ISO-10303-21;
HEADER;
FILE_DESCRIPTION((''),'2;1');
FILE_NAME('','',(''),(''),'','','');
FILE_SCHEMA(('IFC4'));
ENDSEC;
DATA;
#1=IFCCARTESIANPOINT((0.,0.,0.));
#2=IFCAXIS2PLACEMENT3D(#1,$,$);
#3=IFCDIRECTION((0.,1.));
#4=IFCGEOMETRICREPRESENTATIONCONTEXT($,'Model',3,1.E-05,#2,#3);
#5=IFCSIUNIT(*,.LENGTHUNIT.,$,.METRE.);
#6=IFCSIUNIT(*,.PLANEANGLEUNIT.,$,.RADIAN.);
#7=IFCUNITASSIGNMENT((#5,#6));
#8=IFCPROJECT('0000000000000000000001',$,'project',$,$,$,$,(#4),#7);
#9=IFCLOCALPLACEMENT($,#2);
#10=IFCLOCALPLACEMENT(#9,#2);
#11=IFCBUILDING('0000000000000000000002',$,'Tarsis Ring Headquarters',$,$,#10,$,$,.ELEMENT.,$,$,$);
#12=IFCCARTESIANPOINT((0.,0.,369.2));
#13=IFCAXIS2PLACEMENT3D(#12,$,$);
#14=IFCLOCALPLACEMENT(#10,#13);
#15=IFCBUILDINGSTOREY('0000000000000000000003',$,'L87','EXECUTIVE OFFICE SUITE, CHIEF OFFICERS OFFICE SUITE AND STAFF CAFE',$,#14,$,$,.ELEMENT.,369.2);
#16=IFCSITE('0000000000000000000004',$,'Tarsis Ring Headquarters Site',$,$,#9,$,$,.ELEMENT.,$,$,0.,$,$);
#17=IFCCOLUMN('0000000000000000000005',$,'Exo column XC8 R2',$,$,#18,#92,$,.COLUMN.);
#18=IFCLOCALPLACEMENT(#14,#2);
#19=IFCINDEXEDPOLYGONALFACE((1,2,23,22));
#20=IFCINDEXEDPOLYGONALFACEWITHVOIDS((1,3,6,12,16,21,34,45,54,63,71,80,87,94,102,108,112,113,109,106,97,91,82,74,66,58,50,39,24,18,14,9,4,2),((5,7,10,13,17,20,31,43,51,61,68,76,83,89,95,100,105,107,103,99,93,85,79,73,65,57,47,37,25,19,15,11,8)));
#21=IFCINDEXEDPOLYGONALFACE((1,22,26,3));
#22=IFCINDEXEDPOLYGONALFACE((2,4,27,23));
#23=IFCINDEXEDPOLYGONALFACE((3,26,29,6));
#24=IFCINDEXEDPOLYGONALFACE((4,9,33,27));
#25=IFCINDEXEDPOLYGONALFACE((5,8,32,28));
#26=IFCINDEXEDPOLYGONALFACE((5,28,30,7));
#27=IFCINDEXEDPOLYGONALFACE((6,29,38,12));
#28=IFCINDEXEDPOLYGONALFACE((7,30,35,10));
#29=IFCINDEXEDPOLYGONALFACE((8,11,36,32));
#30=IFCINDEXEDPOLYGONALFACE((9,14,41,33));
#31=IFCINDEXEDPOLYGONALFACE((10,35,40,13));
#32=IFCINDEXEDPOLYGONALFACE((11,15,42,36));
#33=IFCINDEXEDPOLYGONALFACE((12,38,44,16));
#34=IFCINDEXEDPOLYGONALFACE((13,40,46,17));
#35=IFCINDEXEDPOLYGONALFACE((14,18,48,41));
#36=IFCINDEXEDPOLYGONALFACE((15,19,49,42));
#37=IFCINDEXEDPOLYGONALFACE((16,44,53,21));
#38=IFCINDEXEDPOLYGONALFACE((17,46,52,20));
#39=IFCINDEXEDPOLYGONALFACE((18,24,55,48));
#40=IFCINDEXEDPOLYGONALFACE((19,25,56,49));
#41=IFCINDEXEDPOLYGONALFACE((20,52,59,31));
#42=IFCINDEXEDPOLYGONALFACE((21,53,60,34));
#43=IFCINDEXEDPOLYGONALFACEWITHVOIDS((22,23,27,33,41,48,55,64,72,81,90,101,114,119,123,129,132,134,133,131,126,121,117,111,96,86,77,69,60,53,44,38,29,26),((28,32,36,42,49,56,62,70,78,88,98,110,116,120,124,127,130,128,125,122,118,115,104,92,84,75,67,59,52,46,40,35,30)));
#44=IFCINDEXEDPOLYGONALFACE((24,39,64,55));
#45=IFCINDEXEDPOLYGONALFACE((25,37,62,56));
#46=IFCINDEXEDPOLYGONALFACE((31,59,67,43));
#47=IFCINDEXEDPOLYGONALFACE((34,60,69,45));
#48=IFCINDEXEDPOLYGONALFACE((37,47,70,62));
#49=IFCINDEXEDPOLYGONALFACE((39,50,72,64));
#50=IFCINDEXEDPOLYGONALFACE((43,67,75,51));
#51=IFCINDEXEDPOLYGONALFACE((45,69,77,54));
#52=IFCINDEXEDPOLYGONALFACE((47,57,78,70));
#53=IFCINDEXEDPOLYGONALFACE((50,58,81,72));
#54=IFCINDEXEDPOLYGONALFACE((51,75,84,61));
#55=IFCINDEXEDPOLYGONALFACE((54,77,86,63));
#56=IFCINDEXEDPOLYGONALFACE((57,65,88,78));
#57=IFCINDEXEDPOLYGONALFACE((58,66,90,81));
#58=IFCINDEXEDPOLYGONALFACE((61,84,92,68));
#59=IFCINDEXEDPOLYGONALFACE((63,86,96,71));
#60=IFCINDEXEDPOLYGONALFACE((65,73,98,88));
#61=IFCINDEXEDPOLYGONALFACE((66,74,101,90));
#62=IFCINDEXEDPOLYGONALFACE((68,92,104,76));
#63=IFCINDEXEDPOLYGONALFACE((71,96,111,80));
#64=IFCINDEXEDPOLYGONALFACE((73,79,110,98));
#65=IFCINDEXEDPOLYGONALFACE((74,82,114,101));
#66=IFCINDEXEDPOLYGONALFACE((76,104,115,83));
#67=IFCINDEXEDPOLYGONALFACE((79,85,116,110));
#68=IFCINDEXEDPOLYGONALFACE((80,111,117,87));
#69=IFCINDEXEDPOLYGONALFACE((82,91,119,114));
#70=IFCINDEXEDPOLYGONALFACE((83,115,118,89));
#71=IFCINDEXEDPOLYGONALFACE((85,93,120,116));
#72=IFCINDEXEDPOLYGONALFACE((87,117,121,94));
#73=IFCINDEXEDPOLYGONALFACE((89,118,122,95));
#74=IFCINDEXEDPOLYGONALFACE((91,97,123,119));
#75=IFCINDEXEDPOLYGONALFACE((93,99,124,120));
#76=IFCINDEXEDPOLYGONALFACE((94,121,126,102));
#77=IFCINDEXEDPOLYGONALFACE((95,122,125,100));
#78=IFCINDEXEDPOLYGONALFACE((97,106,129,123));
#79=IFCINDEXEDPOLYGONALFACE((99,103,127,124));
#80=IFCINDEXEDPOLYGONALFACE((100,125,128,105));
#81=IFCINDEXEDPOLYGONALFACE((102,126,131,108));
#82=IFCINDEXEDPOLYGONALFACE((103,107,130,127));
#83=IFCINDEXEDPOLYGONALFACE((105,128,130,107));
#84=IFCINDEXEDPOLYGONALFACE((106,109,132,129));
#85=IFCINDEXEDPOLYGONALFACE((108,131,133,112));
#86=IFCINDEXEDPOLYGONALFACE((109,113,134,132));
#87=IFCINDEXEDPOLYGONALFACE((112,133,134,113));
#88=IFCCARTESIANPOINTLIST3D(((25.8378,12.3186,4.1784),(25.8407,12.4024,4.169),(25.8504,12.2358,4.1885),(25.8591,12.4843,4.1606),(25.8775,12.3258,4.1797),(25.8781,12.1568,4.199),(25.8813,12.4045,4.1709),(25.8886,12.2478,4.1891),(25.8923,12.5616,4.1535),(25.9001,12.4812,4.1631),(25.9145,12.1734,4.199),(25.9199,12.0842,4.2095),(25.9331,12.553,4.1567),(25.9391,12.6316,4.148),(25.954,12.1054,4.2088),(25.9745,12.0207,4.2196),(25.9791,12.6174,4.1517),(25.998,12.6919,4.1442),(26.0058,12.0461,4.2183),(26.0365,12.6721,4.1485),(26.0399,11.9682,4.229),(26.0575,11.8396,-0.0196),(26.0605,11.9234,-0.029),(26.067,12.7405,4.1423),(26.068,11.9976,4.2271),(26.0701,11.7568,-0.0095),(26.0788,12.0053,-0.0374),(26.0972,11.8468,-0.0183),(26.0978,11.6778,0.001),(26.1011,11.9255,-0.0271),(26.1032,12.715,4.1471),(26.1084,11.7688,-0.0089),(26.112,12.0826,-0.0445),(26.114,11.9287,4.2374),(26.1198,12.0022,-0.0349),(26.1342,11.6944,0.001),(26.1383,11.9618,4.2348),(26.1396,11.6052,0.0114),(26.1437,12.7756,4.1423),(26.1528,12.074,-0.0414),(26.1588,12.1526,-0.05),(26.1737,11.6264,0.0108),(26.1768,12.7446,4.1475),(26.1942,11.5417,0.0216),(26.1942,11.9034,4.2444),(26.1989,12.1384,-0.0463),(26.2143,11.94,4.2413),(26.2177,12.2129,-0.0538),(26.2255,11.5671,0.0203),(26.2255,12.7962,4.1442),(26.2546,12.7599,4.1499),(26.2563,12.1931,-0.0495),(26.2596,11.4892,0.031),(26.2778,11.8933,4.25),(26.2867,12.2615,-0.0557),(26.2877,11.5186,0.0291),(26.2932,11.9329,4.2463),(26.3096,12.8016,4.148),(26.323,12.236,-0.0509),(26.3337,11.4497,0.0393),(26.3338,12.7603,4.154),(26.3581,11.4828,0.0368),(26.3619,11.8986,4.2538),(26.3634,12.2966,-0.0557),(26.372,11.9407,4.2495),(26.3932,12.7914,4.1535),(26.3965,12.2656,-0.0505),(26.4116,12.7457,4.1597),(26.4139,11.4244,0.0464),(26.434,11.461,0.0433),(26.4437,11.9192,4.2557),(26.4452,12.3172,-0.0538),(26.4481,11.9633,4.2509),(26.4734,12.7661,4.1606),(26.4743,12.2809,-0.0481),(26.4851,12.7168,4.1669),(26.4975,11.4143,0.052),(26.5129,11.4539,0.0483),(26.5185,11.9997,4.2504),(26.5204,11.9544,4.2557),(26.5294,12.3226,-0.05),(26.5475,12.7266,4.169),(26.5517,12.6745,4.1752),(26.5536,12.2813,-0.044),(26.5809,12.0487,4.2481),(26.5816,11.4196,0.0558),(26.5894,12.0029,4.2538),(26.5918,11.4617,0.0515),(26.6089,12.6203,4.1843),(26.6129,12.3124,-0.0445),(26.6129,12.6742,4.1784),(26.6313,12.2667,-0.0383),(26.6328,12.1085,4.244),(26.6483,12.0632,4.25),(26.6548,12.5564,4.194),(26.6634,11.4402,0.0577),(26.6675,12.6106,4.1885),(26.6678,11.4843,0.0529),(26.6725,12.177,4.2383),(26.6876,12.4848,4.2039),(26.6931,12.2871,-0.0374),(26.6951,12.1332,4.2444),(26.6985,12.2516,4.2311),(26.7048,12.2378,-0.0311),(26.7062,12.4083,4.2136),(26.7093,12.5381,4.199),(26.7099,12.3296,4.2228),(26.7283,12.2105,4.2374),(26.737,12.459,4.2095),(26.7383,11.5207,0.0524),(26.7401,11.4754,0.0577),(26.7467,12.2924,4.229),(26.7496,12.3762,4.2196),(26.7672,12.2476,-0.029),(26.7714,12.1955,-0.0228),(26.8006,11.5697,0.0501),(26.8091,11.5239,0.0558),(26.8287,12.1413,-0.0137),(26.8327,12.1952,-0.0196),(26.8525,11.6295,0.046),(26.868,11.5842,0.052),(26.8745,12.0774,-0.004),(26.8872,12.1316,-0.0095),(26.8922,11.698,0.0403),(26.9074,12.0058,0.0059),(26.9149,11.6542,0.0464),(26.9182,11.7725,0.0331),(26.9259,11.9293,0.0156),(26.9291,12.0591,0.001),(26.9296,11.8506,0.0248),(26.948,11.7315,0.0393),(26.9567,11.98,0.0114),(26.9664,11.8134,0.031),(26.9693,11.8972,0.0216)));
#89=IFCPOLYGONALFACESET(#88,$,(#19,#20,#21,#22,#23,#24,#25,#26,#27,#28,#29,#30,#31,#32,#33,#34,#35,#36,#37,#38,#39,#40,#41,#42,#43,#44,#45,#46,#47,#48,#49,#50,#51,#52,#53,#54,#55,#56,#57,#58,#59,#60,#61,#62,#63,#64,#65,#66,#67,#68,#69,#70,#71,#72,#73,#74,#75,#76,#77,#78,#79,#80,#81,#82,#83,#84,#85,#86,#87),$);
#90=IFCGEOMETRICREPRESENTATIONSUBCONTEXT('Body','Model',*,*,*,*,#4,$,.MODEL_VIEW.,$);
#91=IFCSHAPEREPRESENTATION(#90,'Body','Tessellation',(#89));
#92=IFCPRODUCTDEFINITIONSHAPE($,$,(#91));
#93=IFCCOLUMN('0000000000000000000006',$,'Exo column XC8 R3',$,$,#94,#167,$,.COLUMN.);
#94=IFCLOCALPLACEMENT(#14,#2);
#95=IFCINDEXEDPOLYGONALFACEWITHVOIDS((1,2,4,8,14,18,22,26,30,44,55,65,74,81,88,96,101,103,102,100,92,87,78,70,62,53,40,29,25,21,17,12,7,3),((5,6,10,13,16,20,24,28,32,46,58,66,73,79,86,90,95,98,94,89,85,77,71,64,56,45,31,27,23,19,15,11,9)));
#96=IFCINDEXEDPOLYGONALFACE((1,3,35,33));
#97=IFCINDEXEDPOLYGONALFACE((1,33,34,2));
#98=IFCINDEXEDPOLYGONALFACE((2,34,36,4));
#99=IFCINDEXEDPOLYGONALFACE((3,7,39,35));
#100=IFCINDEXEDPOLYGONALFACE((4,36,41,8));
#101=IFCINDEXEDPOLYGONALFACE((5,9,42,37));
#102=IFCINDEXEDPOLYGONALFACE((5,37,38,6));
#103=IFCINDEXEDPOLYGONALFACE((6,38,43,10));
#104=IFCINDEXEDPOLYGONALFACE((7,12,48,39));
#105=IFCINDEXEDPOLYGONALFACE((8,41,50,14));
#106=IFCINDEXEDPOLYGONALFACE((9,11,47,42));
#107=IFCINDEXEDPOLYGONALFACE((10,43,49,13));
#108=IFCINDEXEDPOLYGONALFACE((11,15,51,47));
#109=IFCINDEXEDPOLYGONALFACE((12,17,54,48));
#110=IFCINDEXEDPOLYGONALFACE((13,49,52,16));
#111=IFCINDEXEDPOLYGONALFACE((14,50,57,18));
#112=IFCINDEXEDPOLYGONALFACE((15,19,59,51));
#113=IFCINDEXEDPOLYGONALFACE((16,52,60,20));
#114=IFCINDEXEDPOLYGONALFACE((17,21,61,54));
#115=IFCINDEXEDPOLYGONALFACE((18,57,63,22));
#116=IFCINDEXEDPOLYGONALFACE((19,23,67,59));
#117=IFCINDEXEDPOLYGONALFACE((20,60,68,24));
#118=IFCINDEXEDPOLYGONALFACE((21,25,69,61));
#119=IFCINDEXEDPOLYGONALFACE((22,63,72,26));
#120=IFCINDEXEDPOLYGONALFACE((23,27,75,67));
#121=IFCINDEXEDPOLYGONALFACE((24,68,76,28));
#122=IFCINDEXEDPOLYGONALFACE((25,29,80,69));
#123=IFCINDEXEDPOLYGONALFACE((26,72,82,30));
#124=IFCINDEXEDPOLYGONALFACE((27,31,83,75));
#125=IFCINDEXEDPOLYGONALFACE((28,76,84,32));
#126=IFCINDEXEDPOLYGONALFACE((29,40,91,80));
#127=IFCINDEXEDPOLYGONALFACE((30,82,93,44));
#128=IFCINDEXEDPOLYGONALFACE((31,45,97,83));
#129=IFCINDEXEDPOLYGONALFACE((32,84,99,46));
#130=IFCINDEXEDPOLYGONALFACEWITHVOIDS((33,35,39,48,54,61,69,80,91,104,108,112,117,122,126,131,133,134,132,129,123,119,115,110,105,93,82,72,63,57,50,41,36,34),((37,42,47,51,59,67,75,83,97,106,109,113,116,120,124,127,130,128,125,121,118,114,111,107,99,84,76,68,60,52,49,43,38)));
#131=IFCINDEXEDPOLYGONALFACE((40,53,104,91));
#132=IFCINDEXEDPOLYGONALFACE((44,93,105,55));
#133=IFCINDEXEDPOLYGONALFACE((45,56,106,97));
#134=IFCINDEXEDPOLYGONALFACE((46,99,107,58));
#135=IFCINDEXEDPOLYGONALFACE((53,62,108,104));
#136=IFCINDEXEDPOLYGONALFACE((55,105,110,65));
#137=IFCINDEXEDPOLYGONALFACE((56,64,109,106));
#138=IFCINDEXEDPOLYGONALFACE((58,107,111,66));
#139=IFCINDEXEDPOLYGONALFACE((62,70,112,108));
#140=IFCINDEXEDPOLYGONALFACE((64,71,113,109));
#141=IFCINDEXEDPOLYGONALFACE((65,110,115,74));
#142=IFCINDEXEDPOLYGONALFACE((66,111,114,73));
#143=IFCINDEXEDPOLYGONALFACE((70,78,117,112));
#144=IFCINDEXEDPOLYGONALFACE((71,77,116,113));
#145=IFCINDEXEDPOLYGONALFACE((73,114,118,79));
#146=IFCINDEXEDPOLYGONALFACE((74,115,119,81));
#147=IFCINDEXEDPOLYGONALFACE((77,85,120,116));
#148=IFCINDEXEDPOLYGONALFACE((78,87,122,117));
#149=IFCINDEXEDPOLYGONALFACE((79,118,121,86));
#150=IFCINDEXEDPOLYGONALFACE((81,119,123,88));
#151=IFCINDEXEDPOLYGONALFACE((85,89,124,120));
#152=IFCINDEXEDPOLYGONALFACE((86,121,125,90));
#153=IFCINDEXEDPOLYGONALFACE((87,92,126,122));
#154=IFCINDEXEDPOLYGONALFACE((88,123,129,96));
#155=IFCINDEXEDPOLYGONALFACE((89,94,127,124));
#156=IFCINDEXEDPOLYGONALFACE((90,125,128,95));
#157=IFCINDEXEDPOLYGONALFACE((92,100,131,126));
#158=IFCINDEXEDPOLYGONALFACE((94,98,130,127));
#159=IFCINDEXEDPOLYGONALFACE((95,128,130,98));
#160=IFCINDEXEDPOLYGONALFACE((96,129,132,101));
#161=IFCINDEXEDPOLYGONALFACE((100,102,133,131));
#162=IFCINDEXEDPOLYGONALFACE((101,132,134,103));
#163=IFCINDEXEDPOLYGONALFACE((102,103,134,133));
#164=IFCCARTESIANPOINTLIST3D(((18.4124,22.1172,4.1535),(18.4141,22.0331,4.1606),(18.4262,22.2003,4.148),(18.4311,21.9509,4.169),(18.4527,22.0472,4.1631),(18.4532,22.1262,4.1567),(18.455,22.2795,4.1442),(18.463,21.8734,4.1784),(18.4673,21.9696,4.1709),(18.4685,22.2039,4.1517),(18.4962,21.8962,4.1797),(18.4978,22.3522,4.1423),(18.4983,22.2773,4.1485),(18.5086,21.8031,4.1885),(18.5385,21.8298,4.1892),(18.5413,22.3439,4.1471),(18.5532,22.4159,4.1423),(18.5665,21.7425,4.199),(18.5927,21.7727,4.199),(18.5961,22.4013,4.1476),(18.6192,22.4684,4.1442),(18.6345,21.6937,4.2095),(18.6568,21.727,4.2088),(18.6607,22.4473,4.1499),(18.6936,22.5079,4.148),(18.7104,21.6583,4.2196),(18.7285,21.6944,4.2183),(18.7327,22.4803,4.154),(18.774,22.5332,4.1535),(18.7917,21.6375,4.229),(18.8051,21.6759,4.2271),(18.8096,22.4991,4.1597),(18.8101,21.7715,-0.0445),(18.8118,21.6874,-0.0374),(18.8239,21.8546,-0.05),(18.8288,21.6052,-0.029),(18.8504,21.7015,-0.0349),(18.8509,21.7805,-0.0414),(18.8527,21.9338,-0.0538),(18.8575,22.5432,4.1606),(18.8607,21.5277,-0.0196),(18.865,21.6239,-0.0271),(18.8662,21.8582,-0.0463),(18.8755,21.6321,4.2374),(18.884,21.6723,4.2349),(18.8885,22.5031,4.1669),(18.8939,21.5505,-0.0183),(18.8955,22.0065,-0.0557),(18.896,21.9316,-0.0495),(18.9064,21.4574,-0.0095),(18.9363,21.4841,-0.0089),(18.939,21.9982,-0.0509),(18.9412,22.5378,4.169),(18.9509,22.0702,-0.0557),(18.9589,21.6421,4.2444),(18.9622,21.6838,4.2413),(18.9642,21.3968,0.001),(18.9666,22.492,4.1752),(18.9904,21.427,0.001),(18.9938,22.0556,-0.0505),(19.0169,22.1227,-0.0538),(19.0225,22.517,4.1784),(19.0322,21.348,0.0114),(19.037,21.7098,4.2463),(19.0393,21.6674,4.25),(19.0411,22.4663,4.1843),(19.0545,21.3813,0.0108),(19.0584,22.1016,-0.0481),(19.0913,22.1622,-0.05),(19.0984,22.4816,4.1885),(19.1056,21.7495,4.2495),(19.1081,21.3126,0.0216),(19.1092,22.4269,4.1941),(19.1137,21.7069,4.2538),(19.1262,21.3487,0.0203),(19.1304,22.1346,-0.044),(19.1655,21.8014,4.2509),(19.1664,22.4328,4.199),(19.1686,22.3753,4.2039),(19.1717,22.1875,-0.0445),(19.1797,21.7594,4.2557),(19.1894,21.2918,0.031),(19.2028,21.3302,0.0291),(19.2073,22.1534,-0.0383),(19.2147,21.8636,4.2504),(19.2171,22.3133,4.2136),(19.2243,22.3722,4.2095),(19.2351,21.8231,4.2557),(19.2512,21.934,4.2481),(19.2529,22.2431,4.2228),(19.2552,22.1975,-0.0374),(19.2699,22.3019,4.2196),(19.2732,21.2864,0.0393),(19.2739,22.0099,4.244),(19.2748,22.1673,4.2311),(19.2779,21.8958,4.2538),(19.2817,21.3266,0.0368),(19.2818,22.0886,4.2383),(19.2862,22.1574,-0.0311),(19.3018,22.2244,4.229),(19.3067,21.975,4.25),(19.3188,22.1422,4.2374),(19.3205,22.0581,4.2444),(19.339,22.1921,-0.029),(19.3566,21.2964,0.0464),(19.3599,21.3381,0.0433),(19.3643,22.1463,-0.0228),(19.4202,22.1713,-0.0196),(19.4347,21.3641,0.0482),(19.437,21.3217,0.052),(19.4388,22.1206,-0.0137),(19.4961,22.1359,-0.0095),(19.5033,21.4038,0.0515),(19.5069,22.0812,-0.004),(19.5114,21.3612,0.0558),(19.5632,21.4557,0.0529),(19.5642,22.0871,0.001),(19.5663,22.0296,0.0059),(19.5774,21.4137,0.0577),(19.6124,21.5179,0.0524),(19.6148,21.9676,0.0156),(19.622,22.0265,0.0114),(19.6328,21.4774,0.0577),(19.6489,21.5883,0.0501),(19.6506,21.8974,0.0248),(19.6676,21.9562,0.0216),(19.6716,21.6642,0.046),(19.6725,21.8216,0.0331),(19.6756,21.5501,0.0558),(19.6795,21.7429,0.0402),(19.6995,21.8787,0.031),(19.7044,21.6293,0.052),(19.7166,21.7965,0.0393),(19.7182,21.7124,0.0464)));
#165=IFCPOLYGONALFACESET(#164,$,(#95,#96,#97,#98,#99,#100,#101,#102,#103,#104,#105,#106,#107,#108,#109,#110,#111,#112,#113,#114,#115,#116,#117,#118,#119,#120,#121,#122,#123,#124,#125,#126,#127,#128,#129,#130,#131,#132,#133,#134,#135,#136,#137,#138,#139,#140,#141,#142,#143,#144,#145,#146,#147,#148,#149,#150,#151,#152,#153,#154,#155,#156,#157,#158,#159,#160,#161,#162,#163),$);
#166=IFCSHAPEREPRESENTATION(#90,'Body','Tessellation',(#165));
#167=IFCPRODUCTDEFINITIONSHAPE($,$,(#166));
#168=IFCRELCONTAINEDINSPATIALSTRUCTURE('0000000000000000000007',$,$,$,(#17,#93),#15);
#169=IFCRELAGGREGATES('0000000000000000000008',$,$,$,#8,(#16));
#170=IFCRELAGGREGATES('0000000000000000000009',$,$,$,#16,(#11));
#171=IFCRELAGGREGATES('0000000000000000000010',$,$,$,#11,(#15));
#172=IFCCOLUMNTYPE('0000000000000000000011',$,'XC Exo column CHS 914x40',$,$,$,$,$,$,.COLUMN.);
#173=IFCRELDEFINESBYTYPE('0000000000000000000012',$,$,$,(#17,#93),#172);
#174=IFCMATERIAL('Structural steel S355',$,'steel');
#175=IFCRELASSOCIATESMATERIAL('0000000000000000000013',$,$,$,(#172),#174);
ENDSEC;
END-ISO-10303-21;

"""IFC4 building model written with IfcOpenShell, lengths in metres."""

from ifc_helpers import new_model, si_unit, direction, frame, origin, origin_2d, place, context, subcontext, project, spatial, hollow_circle, extrude, material, material_profile, profile_set, type_object, element, save


model = new_model("IFC4")

# Units and contexts
model_context = context("Model", 3, precision=1e-05, world=origin(), true_north=direction((0.0, 1.0)))
body_context = subcontext(model_context, "Body", "Model", "MODEL_VIEW")
ifc_project = project(units=[si_unit("LENGTHUNIT", "METRE"), si_unit("PLANEANGLEUNIT", "RADIAN")], contexts=[model_context])

# Site, building, storey
site_placement = place(None, origin())
site = spatial("IfcSite", under=ifc_project, at=site_placement, Name="Tarsis Ring Headquarters Site", CompositionType="ELEMENT", RefElevation=0.0)
building_placement = place(site_placement, origin())
building = spatial("IfcBuilding", under=site, at=building_placement, Name="Tarsis Ring Headquarters", CompositionType="ELEMENT")
storey_placement = place(building_placement, frame((0.0, 0.0, 369.2)))
storey = spatial("IfcBuildingStorey", under=building, at=storey_placement, Name="L87", Description="EXECUTIVE OFFICE SUITE, CHIEF OFFICERS OFFICE SUITE AND STAFF CAFE", CompositionType="ELEMENT", Elevation=369.2)

# Columns
ifc_material_1 = material(Name="Structural steel S355", Category="steel")
ifc_material_profile_1 = material_profile(ifc_material_1, hollow_circle(Radius=0.457, WallThickness=0.04, at=origin_2d()), Name="CHS 914x40")
ifc_profile_set_1 = profile_set([ifc_material_profile_1], Name="Structural steel S355")
column_type = type_object("IfcColumnType", Name="XC Exo column CHS 914x40", PredefinedType="COLUMN", material=ifc_profile_set_1)
for number, where, z_axis, x_axis, name in (
    (1, (26.5134, 11.8684, 0.001), (-0.051933, 0.113214, 0.992212), (-0.908933, -0.416942, 0.0), "Exo column XC8 R2"),
    (2, (19.2642, 21.7419, 0.001), (-0.093999, 0.081708, 0.992214), (-0.656041, -0.754725, 0.0), "Exo column XC8 R3"),
):
    element("IfcColumn", number, at=place(storey_placement, frame(where, z_axis=z_axis, x_axis=x_axis)), inside=storey, type_object=column_type, Name=name, PredefinedType="COLUMN", context=body_context, shape_type="SweptSolid", body=[
        extrude(hollow_circle(Radius=0.4573, WallThickness=0.04, at=origin_2d()), origin(), (0.0, 0.0, 1.0), 4.231),
    ])

save(model, "model.ifc")
